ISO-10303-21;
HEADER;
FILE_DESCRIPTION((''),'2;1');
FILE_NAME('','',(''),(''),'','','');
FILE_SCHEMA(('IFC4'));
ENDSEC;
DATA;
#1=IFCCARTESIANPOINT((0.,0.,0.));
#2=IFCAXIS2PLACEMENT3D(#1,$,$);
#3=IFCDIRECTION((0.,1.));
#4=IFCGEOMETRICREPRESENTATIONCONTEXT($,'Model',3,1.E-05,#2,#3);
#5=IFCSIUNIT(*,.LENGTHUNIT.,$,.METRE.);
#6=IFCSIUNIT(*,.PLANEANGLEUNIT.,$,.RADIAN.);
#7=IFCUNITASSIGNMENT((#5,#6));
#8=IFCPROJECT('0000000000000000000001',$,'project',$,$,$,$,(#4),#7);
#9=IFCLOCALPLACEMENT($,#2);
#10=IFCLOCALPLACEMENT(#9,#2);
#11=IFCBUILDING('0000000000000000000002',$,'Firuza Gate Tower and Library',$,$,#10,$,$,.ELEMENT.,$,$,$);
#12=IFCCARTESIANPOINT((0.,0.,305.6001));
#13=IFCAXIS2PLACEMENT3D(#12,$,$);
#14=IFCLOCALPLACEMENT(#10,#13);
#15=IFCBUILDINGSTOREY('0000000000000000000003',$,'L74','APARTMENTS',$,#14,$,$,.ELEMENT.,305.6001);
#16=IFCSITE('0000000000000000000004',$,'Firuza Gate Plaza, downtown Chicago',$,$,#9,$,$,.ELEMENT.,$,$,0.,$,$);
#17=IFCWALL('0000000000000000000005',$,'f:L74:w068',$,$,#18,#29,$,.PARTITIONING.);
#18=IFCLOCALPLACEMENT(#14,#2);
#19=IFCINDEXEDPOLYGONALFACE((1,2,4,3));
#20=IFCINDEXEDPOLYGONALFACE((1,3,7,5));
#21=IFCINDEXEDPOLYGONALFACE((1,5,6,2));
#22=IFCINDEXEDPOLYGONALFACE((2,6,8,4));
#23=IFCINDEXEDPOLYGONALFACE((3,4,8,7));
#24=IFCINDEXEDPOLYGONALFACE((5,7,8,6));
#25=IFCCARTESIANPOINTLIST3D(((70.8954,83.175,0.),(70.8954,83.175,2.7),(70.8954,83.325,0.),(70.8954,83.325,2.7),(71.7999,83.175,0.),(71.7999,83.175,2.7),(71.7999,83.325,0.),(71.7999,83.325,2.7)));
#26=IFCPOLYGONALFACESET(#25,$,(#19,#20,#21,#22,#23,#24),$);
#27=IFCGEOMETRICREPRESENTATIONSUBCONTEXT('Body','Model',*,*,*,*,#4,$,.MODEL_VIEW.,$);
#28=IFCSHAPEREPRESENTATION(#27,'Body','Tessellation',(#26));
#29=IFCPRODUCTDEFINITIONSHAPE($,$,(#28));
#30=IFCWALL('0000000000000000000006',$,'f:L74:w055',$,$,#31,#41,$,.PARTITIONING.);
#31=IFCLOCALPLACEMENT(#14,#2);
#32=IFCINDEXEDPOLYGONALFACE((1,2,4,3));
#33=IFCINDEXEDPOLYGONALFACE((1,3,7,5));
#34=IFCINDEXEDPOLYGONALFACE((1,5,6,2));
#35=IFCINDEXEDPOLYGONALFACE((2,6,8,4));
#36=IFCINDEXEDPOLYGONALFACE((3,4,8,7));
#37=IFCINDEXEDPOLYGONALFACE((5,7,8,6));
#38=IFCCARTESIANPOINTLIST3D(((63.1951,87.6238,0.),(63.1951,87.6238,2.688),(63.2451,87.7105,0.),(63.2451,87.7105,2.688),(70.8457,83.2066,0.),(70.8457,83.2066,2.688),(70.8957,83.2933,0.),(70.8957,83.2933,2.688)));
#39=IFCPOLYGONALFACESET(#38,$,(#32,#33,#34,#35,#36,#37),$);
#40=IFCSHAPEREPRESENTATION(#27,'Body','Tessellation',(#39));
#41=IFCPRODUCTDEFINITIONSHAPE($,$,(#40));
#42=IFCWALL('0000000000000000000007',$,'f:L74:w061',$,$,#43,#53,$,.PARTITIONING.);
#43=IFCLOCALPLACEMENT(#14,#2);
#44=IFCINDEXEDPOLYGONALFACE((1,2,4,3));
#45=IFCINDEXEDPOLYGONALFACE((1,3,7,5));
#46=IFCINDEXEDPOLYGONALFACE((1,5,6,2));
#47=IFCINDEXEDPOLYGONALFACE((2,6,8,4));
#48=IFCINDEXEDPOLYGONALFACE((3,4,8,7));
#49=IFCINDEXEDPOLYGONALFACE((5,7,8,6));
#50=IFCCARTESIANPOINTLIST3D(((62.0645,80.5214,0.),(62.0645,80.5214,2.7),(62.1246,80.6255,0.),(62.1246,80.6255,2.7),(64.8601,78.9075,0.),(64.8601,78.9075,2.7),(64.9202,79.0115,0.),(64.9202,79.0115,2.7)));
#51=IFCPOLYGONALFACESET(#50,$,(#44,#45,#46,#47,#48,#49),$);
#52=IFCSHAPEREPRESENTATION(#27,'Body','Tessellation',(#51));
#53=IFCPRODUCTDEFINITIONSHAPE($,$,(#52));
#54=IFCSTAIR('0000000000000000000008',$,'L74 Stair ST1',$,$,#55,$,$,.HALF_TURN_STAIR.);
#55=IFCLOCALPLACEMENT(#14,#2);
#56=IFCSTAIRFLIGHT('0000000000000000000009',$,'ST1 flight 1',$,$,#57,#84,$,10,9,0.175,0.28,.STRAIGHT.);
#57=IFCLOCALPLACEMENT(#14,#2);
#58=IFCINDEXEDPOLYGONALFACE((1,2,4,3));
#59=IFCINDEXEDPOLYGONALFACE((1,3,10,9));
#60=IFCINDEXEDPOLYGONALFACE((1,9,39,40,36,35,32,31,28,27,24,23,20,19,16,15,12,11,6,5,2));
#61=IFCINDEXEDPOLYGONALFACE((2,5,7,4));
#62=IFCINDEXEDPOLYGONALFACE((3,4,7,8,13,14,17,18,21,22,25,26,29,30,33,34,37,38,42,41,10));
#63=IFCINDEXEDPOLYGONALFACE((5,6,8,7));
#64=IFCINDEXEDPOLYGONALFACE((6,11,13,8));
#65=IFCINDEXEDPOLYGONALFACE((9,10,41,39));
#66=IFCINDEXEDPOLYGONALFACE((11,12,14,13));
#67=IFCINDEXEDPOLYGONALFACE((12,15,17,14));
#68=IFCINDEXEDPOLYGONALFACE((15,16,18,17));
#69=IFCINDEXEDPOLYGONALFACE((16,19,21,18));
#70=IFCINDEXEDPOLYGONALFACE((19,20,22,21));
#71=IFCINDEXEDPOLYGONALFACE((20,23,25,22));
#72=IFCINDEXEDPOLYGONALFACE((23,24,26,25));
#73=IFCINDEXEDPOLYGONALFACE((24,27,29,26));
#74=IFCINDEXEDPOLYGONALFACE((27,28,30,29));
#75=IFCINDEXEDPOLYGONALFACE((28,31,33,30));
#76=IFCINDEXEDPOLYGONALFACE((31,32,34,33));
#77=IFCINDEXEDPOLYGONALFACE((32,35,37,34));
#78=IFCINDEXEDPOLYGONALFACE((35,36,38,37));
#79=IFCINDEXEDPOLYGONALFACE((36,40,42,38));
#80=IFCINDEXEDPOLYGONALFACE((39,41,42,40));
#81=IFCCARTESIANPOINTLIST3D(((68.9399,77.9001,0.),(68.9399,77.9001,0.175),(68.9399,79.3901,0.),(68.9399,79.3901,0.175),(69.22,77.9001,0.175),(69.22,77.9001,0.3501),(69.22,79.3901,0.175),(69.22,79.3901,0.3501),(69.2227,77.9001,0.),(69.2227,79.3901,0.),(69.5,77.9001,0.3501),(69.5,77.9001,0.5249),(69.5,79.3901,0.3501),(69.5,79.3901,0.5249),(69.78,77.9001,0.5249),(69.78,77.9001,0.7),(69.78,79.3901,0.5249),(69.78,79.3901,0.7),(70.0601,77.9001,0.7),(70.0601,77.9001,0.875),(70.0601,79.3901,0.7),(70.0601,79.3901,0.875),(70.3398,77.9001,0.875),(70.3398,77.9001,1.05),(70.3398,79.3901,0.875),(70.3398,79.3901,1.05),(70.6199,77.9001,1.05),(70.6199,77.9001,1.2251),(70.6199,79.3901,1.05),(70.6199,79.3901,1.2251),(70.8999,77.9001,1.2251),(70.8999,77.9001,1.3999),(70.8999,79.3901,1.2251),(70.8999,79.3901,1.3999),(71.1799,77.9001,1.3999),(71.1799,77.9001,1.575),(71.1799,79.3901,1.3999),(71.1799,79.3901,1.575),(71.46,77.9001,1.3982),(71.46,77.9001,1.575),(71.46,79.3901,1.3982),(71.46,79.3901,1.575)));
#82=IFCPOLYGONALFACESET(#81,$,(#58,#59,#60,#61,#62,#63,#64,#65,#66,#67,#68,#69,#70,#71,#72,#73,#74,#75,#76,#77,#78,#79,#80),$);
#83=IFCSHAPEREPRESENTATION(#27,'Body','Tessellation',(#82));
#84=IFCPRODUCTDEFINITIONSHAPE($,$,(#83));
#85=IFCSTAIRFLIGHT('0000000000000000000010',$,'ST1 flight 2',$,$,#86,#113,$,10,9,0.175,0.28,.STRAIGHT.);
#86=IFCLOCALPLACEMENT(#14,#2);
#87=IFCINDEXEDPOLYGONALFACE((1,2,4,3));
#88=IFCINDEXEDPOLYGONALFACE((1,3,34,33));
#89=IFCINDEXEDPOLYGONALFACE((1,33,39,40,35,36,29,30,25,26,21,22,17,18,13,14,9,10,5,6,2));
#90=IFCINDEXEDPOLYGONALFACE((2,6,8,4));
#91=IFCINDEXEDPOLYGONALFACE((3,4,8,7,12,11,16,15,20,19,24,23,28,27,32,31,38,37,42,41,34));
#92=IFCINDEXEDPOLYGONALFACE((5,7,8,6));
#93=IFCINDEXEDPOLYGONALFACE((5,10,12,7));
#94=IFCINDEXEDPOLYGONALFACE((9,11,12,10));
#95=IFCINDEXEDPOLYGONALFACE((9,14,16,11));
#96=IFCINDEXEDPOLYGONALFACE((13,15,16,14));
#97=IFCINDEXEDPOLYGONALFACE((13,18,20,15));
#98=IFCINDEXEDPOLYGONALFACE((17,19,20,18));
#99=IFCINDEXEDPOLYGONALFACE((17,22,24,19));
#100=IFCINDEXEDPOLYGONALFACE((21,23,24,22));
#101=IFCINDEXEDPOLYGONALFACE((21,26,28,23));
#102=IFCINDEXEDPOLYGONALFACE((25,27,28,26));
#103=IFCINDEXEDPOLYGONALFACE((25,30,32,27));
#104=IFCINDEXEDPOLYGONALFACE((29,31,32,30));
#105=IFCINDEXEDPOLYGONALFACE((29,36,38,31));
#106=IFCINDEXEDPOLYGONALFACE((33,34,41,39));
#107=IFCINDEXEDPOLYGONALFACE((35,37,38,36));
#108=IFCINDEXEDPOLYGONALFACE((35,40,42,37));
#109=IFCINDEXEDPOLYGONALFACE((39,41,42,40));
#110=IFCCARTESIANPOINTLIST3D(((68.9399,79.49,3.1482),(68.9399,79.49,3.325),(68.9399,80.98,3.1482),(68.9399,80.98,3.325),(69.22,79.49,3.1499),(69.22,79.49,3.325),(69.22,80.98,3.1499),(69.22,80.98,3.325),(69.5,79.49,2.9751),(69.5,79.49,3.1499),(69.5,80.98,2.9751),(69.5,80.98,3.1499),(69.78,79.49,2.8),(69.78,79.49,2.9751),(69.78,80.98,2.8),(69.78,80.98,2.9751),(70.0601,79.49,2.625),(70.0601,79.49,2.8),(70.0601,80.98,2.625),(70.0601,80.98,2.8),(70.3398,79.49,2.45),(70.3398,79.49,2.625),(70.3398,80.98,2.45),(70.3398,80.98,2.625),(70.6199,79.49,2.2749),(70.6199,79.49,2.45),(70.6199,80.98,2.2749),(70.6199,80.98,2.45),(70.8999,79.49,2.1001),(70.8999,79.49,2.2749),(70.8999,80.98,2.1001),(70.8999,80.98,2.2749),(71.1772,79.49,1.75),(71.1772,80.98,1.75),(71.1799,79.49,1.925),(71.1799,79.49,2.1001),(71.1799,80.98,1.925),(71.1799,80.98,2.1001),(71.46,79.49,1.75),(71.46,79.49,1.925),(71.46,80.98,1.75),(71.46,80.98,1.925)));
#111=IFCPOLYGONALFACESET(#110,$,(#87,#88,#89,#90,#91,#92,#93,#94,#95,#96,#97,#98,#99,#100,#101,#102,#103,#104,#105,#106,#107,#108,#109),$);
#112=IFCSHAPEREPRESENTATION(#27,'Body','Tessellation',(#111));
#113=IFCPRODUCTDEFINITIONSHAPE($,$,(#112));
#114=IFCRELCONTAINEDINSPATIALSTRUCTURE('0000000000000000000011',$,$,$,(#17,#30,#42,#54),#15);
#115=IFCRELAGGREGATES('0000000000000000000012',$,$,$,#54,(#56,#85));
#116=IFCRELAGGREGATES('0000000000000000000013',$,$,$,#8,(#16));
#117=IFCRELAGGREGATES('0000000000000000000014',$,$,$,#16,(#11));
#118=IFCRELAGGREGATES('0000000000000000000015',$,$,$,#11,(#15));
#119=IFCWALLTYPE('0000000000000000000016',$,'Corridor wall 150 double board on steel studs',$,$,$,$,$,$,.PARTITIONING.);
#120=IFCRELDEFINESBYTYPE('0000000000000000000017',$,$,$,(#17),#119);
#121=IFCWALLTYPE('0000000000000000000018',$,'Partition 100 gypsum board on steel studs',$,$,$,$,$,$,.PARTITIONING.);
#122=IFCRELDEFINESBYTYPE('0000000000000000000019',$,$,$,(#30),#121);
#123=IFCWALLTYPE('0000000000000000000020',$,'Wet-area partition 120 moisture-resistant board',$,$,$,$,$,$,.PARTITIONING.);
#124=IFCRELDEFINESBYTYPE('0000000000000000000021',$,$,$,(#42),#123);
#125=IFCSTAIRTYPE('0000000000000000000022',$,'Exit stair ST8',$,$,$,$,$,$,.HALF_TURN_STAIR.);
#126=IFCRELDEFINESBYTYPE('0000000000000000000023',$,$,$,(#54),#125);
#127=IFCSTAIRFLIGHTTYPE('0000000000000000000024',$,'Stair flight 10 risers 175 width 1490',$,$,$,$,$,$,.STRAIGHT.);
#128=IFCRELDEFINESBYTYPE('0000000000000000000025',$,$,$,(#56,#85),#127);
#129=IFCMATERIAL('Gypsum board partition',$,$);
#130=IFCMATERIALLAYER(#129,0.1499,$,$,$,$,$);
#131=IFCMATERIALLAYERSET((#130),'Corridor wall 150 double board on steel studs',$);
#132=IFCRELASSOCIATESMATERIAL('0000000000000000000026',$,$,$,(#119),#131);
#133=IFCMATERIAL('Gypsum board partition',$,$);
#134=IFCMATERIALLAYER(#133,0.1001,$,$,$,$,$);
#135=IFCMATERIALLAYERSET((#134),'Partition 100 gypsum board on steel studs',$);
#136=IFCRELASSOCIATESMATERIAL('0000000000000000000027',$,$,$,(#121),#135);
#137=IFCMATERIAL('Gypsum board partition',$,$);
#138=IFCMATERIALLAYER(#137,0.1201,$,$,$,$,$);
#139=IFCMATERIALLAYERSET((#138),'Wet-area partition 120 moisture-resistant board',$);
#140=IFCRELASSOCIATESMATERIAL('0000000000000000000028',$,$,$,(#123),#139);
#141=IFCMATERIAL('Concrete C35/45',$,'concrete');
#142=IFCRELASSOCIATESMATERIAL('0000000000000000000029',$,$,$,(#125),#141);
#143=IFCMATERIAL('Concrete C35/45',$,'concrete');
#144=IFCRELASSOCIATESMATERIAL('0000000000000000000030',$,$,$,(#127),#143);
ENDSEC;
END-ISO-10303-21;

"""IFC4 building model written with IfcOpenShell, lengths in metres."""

from ifc_helpers import new_model, si_unit, direction, frame, frame_2d, origin, place, context, subcontext, project, spatial, polyline, rectangle, outline, extrude, material, layer, layer_set, type_object, element, aggregate, save


model = new_model("IFC4")

# Units and contexts
model_context = context("Model", 3, precision=1e-05, world=origin(), true_north=direction((0.0, 1.0)))
body_context = subcontext(model_context, "Body", "Model", "MODEL_VIEW")
ifc_project = project(units=[si_unit("LENGTHUNIT", "METRE"), si_unit("PLANEANGLEUNIT", "RADIAN")], contexts=[model_context])

# Site, building, storey
site_placement = place(None, origin())
site = spatial("IfcSite", under=ifc_project, at=site_placement, Name="Firuza Gate Plaza, downtown Chicago", CompositionType="ELEMENT", RefElevation=0.0)
building_placement = place(site_placement, origin())
building = spatial("IfcBuilding", under=site, at=building_placement, Name="Firuza Gate Tower and Library", CompositionType="ELEMENT")
storey_placement = place(building_placement, frame((0.0, 0.0, 305.6001)))
storey = spatial("IfcBuildingStorey", under=building, at=storey_placement, Name="L74", Description="APARTMENTS", CompositionType="ELEMENT", Elevation=305.6001)

# Shared definitions
placement = place(storey_placement, origin())

# Shared definitions
ifc_material_1 = material(Name="Gypsum board partition")
ifc_layer_1 = layer(ifc_material_1, 0.1499)
ifc_layer_set_1 = layer_set([ifc_layer_1], Name="Corridor wall 150 double board on steel studs")
wall_type_1 = type_object("IfcWallType", Name="Corridor wall 150 double board on steel studs", PredefinedType="PARTITIONING", material=ifc_layer_set_1)

# Walls
wall_1_placement = place(storey_placement, frame((70.8955, 83.25, 0.0), z_axis=(0.0, 0.0, 1.0), x_axis=(1.0, 0.0, 0.0)))
element("IfcWall", 1, at=wall_1_placement, inside=storey, type_object=wall_type_1, Name="f:L74:w068", PredefinedType="PARTITIONING", context=body_context, shape_type="SweptSolid", body=[
    extrude(rectangle(XDim=0.9045, YDim=0.1499, at=frame_2d((0.4521, 0.0))), origin(), (0.0, 0.0, 1.0), 2.7),
])
ifc_material_2 = material(Name="Gypsum board partition")
ifc_layer_2 = layer(ifc_material_2, 0.1001)
ifc_layer_set_2 = layer_set([ifc_layer_2], Name="Partition 100 gypsum board on steel studs")
wall_type_2 = type_object("IfcWallType", Name="Partition 100 gypsum board on steel studs", PredefinedType="PARTITIONING", material=ifc_layer_set_2)
wall_2_placement = place(storey_placement, frame((70.8706, 83.25, 0.0), z_axis=(0.0, 0.0, 1.0), x_axis=(-0.866019, 0.500012, 0.0)))
element("IfcWall", 2, at=wall_2_placement, inside=storey, type_object=wall_type_2, Name="f:L74:w055", PredefinedType="PARTITIONING", context=body_context, shape_type="SweptSolid", body=[
    extrude(rectangle(XDim=8.8342, YDim=0.1001, at=frame_2d((4.417, 0.0))), origin(), (0.0, 0.0, 1.0), 2.688),
])
ifc_material_3 = material(Name="Gypsum board partition")
ifc_layer_3 = layer(ifc_material_3, 0.1201)
ifc_layer_set_3 = layer_set([ifc_layer_3], Name="Wet-area partition 120 moisture-resistant board")
wall_type_3 = type_object("IfcWallType", Name="Wet-area partition 120 moisture-resistant board", PredefinedType="PARTITIONING", material=ifc_layer_set_3)
wall_3_placement = place(storey_placement, frame((64.8901, 78.9595, 0.0), z_axis=(0.0, 0.0, 1.0), x_axis=(-0.866033, 0.499987, 0.0)))
element("IfcWall", 3, at=wall_3_placement, inside=storey, type_object=wall_type_3, Name="f:L74:w061", PredefinedType="PARTITIONING", context=body_context, shape_type="SweptSolid", body=[
    extrude(rectangle(XDim=3.228, YDim=0.1201, at=frame_2d((1.614, 0.0))), origin(), (0.0, 0.0, 1.0), 2.7),
])

# Stair, stair flights
ifc_material_4 = material(Name="Concrete C35/45", Category="concrete")
stair_type = type_object("IfcStairType", Name="Exit stair ST8", PredefinedType="HALF_TURN_STAIR", material=ifc_material_4)
stair = element("IfcStair", 4, at=placement, inside=storey, type_object=stair_type, Name="L74 Stair ST1", PredefinedType="HALF_TURN_STAIR")
ifc_material_5 = material(Name="Concrete C35/45", Category="concrete")
stair_flight_type = type_object("IfcStairFlightType", Name="Stair flight 10 risers 175 width 1490", PredefinedType="STRAIGHT", material=ifc_material_5)
stair_flight_1_placement = place(storey_placement, frame((68.9399, 78.645, 0.0), z_axis=(0.0, 0.0, 1.0), x_axis=(1.0, 0.0, 0.0)))
stair_flight_1 = element("IfcStairFlight", 5, at=stair_flight_1_placement, type_object=stair_flight_type, Name="ST1 flight 1", NumberOfRisers=10, NumberOfTreads=9, PredefinedType="STRAIGHT", RiserHeight=0.175, TreadLength=0.28, context=body_context, shape_type="SweptSolid", body=[
    extrude(outline(polyline([(0.0, 0.0), (0.0, 0.175), (0.28, 0.175), (0.28, 0.3501), (0.5601, 0.3501), (0.5601, 0.5249), (0.8401, 0.5249), (0.8401, 0.7), (1.1201, 0.7), (1.1201, 0.875), (1.3999, 0.875), (1.3999, 1.05), (1.6799, 1.05), (1.6799, 1.2251), (1.96, 1.2251), (1.96, 1.3999), (2.24, 1.3999), (2.24, 1.575), (2.52, 1.575), (2.52, 1.75), (2.52, 1.3982), (0.2827, 0.0), (0.0, 0.0)])), frame((0.0, 0.7451, 0.0), z_axis=(0.0, -1.0, 0.0), x_axis=(1.0, 0.0, 0.0)), (0.0, 0.0, 1.0), 1.49),
])
stair_flight_2_placement = place(storey_placement, frame((71.46, 80.2351, 1.75), z_axis=(0.0, 0.0, 1.0), x_axis=(-1.0, 0.0, 0.0)))
stair_flight_2 = element("IfcStairFlight", 6, at=stair_flight_2_placement, type_object=stair_flight_type, Name="ST1 flight 2", NumberOfRisers=10, NumberOfTreads=9, PredefinedType="STRAIGHT", RiserHeight=0.175, TreadLength=0.28, context=body_context, shape_type="SweptSolid", body=[
    extrude(outline(polyline([(0.0, 0.0), (0.0, 0.175), (0.28, 0.175), (0.28, 0.3501), (0.5601, 0.3501), (0.5601, 0.5249), (0.8401, 0.5249), (0.8401, 0.7), (1.1201, 0.7), (1.1201, 0.875), (1.3999, 0.875), (1.3999, 1.05), (1.6799, 1.05), (1.6799, 1.2251), (1.96, 1.2251), (1.96, 1.3999), (2.24, 1.3999), (2.24, 1.575), (2.52, 1.575), (2.52, 1.75), (2.52, 1.3982), (0.2827, 0.0), (0.0, 0.0)])), frame((0.0, 0.7451, 0.0), z_axis=(0.0, -1.0, 0.0), x_axis=(1.0, 0.0, 0.0)), (0.0, 0.0, 1.0), 1.49),
])
aggregate(stair, [stair_flight_1, stair_flight_2])

save(model, "model.ifc")
